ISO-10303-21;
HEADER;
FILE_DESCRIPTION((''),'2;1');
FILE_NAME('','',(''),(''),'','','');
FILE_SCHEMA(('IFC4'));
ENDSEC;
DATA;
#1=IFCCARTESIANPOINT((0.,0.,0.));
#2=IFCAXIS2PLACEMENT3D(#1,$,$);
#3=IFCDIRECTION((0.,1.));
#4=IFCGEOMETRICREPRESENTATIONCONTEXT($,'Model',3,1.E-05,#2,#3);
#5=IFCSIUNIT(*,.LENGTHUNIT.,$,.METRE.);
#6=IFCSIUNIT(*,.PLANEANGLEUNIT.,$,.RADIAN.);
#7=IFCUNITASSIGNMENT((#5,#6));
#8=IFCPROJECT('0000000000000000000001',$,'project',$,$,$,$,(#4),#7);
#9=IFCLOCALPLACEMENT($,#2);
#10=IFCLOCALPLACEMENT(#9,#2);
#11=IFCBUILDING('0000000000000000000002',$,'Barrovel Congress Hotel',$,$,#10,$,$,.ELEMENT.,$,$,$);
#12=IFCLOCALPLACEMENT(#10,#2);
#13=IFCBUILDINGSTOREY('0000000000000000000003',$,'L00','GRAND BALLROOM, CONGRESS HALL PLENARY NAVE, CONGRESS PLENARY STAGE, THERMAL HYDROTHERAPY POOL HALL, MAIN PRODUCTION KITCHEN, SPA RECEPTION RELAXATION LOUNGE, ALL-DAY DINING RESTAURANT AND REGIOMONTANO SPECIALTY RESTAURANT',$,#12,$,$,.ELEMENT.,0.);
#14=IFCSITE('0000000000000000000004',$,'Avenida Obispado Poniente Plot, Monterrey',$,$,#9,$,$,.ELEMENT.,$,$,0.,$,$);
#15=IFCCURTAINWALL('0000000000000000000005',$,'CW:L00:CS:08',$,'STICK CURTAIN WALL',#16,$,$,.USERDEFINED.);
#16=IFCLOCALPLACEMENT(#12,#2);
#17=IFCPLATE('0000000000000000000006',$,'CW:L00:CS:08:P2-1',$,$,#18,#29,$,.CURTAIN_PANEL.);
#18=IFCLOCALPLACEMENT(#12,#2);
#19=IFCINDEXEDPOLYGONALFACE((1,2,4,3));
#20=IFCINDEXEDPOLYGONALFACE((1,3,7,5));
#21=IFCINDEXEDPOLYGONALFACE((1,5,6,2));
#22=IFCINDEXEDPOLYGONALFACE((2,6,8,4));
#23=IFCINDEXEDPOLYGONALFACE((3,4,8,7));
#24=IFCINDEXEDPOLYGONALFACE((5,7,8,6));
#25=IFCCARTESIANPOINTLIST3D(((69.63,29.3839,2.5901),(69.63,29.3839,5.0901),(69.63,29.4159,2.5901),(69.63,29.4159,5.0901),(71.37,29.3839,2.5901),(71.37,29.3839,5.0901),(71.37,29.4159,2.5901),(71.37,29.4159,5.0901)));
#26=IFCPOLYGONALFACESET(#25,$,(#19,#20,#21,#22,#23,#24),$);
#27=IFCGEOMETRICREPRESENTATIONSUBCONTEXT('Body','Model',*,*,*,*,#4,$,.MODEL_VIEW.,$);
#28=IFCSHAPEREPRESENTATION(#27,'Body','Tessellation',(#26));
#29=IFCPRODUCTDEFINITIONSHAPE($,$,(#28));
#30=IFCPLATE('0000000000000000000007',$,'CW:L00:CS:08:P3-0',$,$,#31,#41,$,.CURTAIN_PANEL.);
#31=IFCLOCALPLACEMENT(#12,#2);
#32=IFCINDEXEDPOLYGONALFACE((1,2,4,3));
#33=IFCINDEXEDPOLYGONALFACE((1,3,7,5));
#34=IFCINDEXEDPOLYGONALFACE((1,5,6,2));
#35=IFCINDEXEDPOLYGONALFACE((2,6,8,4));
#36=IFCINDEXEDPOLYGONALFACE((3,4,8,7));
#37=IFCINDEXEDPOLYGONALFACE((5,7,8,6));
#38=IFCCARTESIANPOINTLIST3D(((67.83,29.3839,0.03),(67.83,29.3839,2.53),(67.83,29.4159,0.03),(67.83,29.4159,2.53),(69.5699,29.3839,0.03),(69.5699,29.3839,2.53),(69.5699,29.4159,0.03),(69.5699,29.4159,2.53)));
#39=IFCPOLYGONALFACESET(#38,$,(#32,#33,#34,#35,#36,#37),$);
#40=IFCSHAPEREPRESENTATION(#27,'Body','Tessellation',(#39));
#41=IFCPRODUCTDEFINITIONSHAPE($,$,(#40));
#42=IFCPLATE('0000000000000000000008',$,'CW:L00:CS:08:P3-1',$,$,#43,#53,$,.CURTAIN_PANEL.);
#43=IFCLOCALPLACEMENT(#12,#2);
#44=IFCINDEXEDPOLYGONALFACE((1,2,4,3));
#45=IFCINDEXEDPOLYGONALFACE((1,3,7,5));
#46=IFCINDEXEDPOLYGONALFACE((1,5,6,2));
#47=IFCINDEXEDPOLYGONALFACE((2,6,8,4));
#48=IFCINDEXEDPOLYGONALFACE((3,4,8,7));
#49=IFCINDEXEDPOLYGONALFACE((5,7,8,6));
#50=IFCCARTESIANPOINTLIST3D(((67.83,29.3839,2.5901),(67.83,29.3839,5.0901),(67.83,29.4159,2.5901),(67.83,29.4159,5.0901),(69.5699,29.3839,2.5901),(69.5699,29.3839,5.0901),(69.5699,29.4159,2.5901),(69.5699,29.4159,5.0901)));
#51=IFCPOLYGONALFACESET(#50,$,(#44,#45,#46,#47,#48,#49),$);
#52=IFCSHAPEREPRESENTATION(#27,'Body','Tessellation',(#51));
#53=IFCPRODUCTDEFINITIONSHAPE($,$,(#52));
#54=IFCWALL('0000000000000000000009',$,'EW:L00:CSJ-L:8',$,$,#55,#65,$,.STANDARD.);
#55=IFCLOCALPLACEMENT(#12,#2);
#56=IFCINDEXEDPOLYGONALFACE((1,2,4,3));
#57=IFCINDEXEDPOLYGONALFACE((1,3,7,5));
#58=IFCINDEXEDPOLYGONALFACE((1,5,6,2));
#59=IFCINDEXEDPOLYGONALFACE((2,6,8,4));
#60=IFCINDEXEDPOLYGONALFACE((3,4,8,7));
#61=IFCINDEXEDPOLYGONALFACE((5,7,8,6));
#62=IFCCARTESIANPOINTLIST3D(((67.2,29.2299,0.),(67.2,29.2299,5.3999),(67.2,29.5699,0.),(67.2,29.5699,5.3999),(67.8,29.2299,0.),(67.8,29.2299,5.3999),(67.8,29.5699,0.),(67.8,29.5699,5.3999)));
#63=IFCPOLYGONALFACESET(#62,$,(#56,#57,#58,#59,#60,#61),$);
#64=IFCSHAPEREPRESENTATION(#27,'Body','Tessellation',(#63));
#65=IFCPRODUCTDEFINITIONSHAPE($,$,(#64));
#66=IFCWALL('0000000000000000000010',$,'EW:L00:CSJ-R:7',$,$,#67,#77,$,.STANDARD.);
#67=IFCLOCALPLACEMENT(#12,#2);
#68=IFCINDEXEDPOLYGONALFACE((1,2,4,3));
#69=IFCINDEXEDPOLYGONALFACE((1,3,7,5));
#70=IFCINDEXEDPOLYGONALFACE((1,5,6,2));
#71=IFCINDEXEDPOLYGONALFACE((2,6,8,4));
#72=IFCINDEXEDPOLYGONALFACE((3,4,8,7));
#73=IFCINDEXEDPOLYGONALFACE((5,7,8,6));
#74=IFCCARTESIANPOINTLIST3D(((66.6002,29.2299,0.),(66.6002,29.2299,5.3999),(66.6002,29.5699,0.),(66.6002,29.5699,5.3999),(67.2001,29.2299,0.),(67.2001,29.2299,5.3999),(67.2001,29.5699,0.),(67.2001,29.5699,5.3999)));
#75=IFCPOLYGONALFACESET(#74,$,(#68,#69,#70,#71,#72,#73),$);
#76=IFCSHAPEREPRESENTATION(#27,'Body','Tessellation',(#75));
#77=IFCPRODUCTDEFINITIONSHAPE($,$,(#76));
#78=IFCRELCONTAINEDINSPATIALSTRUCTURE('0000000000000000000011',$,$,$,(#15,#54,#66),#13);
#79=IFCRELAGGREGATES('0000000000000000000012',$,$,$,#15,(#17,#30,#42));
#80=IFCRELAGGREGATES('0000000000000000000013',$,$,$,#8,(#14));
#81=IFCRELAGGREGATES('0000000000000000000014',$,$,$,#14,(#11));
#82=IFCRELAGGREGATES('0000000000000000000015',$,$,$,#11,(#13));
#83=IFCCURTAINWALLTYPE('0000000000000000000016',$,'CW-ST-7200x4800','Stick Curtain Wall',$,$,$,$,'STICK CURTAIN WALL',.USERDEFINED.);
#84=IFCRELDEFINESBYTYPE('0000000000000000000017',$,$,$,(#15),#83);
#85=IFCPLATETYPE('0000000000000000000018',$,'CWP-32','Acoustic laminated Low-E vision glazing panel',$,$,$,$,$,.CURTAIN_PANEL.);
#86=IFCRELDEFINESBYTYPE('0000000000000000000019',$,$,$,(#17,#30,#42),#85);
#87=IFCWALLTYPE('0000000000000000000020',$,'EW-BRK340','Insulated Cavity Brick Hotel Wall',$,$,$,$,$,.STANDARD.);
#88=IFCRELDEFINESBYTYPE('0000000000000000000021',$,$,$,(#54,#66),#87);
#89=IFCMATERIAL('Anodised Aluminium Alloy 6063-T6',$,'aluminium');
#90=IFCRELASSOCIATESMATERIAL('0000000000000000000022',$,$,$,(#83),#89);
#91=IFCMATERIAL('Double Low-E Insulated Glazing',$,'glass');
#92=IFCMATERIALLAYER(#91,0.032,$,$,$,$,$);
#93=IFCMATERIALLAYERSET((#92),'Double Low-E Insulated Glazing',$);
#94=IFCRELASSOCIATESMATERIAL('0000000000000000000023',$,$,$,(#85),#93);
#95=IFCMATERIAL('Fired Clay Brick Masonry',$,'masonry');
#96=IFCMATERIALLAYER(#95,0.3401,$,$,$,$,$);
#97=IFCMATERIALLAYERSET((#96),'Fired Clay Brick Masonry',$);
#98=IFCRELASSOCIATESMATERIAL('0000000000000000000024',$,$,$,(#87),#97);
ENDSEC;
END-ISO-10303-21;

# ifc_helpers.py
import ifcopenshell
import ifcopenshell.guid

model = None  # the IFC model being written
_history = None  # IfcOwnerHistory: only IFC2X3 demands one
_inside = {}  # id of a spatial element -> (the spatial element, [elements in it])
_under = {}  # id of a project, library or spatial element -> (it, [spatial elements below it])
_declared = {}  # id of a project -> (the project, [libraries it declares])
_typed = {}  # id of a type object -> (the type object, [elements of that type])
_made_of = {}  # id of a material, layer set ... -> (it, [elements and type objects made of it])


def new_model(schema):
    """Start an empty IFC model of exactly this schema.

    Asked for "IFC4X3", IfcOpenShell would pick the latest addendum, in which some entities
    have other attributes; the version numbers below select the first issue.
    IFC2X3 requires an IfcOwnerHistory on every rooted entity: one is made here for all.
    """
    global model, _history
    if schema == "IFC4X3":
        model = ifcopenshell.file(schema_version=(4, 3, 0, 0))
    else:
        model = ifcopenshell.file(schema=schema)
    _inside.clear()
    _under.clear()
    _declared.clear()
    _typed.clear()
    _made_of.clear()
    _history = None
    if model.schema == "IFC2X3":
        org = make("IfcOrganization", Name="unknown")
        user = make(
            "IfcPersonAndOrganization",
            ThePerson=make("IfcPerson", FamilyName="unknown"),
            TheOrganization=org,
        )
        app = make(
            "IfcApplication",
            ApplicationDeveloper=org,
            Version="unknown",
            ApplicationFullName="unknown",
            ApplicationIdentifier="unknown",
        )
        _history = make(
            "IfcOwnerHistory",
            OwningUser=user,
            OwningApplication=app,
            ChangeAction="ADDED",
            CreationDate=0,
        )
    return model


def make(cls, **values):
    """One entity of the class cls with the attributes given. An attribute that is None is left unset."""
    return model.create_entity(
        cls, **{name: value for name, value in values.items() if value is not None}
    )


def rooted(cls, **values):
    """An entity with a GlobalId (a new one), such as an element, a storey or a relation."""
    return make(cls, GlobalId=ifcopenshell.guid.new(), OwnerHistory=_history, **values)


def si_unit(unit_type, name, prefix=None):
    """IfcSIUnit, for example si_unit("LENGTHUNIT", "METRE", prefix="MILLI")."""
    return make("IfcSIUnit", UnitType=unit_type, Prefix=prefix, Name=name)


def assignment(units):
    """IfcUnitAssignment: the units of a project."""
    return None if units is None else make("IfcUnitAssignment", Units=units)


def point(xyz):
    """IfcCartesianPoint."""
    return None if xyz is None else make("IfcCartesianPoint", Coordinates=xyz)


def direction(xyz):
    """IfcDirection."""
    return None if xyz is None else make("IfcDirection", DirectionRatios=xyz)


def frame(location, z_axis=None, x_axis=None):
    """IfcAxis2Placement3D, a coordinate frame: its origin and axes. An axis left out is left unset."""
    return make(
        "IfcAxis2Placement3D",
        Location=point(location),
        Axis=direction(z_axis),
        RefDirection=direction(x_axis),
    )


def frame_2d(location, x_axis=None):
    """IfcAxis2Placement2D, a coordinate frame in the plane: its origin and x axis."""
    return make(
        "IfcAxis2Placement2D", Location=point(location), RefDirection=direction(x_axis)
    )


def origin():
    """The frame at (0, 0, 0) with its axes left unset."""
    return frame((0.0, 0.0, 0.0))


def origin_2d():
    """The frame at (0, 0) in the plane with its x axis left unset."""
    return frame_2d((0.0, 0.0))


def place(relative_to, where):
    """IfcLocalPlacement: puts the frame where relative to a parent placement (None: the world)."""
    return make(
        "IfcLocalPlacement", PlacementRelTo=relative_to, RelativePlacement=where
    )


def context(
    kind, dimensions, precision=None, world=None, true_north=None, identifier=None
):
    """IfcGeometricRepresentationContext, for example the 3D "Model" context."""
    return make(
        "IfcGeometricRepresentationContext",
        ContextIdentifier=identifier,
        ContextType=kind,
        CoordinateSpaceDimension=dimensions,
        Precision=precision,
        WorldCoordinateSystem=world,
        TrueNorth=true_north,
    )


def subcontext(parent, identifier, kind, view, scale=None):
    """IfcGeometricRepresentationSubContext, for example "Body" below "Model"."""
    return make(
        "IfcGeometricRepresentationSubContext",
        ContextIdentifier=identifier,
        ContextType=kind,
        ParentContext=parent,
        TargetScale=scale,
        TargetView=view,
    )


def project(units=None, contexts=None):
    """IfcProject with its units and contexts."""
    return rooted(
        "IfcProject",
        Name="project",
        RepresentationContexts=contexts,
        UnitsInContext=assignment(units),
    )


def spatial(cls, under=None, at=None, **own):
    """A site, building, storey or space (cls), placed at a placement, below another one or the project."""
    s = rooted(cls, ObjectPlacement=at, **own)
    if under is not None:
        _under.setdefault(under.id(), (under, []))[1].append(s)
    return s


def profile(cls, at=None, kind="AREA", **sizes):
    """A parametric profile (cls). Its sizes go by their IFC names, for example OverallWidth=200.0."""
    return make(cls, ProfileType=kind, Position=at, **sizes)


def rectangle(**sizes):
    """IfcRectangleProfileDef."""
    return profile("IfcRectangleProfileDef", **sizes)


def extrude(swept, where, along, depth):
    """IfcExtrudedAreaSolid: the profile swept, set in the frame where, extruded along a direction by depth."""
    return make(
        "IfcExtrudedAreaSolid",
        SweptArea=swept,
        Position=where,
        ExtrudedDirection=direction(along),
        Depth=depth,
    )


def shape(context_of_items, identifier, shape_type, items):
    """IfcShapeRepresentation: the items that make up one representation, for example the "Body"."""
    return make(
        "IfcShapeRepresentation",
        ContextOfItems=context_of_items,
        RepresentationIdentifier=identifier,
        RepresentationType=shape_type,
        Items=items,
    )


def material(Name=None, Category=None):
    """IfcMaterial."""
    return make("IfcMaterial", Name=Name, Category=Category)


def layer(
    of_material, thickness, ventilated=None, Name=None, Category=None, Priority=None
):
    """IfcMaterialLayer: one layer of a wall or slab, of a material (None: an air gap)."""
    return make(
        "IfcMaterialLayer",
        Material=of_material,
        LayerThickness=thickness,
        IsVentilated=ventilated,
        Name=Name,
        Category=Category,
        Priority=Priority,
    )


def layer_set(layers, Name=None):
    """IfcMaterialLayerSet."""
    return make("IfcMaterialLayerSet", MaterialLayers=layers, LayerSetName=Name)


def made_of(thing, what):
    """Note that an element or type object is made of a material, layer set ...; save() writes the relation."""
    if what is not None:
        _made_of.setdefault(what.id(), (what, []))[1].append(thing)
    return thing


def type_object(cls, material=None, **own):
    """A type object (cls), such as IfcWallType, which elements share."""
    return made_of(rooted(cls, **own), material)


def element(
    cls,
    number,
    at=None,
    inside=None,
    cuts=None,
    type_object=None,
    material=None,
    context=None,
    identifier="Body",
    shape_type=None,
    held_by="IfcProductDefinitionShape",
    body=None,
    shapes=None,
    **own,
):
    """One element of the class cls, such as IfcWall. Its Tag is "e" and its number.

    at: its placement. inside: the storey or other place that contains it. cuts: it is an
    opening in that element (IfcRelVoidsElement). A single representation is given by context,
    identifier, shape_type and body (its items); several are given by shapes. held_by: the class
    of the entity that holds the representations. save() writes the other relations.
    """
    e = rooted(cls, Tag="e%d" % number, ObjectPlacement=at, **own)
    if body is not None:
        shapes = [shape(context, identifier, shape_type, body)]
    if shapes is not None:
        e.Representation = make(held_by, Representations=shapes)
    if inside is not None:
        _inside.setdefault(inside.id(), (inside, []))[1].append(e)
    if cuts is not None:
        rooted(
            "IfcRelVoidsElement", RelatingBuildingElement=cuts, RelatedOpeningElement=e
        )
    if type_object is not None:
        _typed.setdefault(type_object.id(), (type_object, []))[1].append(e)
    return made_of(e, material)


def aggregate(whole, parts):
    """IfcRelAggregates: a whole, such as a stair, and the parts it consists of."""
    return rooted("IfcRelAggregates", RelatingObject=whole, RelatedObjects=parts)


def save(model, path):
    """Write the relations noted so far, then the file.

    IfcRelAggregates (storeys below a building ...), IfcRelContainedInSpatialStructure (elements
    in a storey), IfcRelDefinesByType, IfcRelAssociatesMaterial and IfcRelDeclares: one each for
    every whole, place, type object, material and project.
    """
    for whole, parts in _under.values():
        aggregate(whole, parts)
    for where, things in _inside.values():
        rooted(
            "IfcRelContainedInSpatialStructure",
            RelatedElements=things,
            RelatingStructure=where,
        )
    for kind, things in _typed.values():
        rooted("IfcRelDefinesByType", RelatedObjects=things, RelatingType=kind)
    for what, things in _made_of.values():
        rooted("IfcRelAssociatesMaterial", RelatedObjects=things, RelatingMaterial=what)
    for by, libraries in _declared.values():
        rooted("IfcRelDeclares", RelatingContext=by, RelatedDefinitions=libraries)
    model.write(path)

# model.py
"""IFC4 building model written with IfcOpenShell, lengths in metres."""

from ifc_helpers import new_model, si_unit, direction, frame, frame_2d, origin, origin_2d, place, context, subcontext, project, spatial, rectangle, extrude, material, layer, layer_set, type_object, element, aggregate, save


model = new_model("IFC4")

# Units and contexts
model_context = context("Model", 3, precision=1e-05, world=origin(), true_north=direction((0.0, 1.0)))
body_context = subcontext(model_context, "Body", "Model", "MODEL_VIEW")
ifc_project = project(units=[si_unit("LENGTHUNIT", "METRE"), si_unit("PLANEANGLEUNIT", "RADIAN")], contexts=[model_context])

# Site, building, storey
site_placement = place(None, origin())
site = spatial("IfcSite", under=ifc_project, at=site_placement, Name="Avenida Obispado Poniente Plot, Monterrey", CompositionType="ELEMENT", RefElevation=0.0)
building_placement = place(site_placement, origin())
building = spatial("IfcBuilding", under=site, at=building_placement, Name="Barrovel Congress Hotel", CompositionType="ELEMENT")
storey_placement = place(building_placement, origin())
storey = spatial("IfcBuildingStorey", under=building, at=storey_placement, Name="L00", Description="GRAND BALLROOM, CONGRESS HALL PLENARY NAVE, CONGRESS PLENARY STAGE, THERMAL HYDROTHERAPY POOL HALL, MAIN PRODUCTION KITCHEN, SPA RECEPTION RELAXATION LOUNGE, ALL-DAY DINING RESTAURANT AND REGIOMONTANO SPECIALTY RESTAURANT", CompositionType="ELEMENT", Elevation=0.0)

# Shared definitions
ifc_material_1 = material(Name="Anodised Aluminium Alloy 6063-T6", Category="aluminium")
curtain_wall_type = type_object("IfcCurtainWallType", Name="CW-ST-7200x4800", Description="Stick Curtain Wall", ElementType="STICK CURTAIN WALL", PredefinedType="USERDEFINED", material=ifc_material_1)

# Curtain wall
curtain_wall_1_placement = place(storey_placement, origin())
curtain_wall_1 = element("IfcCurtainWall", 1, at=curtain_wall_1_placement, inside=storey, type_object=curtain_wall_type, Name="CW:L00:CS:08", ObjectType="STICK CURTAIN WALL", PredefinedType="USERDEFINED")

# Plates
ifc_material_2 = material(Name="Double Low-E Insulated Glazing", Category="glass")
ifc_layer_1 = layer(ifc_material_2, 0.032)
ifc_layer_set_1 = layer_set([ifc_layer_1], Name="Double Low-E Insulated Glazing")
plate_type_1 = type_object("IfcPlateType", Name="CWP-32", Description="Acoustic laminated Low-E vision glazing panel", PredefinedType="CURTAIN_PANEL", material=ifc_layer_set_1)
plate_1_placement = place(storey_placement, frame((70.5, 29.3999, 2.5901), z_axis=(0.0, 0.0, 1.0), x_axis=(-1.0, 0.0, 0.0)))
plate_1 = element("IfcPlate", 2, at=plate_1_placement, type_object=plate_type_1, Name="CW:L00:CS:08:P2-1", PredefinedType="CURTAIN_PANEL", context=body_context, shape_type="SweptSolid", body=[
    extrude(rectangle(XDim=1.74, YDim=0.032, at=origin_2d()), origin(), (0.0, 0.0, 1.0), 2.5),
])
plate_2_placement = place(storey_placement, frame((68.7, 29.3999, 0.03), z_axis=(0.0, 0.0, 1.0), x_axis=(-1.0, 0.0, 0.0)))
plate_2 = element("IfcPlate", 3, at=plate_2_placement, type_object=plate_type_1, Name="CW:L00:CS:08:P3-0", PredefinedType="CURTAIN_PANEL", context=body_context, shape_type="SweptSolid", body=[
    extrude(rectangle(XDim=1.74, YDim=0.032, at=origin_2d()), origin(), (0.0, 0.0, 1.0), 2.5),
])
plate_3_placement = place(storey_placement, frame((68.7, 29.3999, 2.5901), z_axis=(0.0, 0.0, 1.0), x_axis=(-1.0, 0.0, 0.0)))
plate_3 = element("IfcPlate", 4, at=plate_3_placement, type_object=plate_type_1, Name="CW:L00:CS:08:P3-1", PredefinedType="CURTAIN_PANEL", context=body_context, shape_type="SweptSolid", body=[
    extrude(rectangle(XDim=1.74, YDim=0.032, at=origin_2d()), origin(), (0.0, 0.0, 1.0), 2.5),
])
aggregate(curtain_wall_1, [plate_1, plate_2, plate_3])

# Walls
ifc_material_3 = material(Name="Fired Clay Brick Masonry", Category="masonry")
ifc_layer_2 = layer(ifc_material_3, 0.3401)
ifc_layer_set_2 = layer_set([ifc_layer_2], Name="Fired Clay Brick Masonry")
wall_type = type_object("IfcWallType", Name="EW-BRK340", Description="Insulated Cavity Brick Hotel Wall", PredefinedType="STANDARD", material=ifc_layer_set_2)
wall_1_placement = place(storey_placement, frame((67.8, 29.3999, 0.0), z_axis=(0.0, 0.0, 1.0), x_axis=(-1.0, 0.0, 0.0)))
element("IfcWall", 5, at=wall_1_placement, inside=storey, type_object=wall_type, Name="EW:L00:CSJ-L:8", PredefinedType="STANDARD", context=body_context, shape_type="SweptSolid", body=[
    extrude(rectangle(XDim=0.6001, YDim=0.3401, at=frame_2d((0.3, 0.0))), origin(), (0.0, 0.0, 1.0), 5.3999),
])
wall_2_placement = place(storey_placement, frame((67.2, 29.3999, 0.0), z_axis=(0.0, 0.0, 1.0), x_axis=(-1.0, 0.0, 0.0)))
element("IfcWall", 6, at=wall_2_placement, inside=storey, type_object=wall_type, Name="EW:L00:CSJ-R:7", PredefinedType="STANDARD", context=body_context, shape_type="SweptSolid", body=[
    extrude(rectangle(XDim=0.5999, YDim=0.3401, at=frame_2d((0.2998, 0.0))), origin(), (0.0, 0.0, 1.0), 5.3999),
])

save(model, "model.ifc")
